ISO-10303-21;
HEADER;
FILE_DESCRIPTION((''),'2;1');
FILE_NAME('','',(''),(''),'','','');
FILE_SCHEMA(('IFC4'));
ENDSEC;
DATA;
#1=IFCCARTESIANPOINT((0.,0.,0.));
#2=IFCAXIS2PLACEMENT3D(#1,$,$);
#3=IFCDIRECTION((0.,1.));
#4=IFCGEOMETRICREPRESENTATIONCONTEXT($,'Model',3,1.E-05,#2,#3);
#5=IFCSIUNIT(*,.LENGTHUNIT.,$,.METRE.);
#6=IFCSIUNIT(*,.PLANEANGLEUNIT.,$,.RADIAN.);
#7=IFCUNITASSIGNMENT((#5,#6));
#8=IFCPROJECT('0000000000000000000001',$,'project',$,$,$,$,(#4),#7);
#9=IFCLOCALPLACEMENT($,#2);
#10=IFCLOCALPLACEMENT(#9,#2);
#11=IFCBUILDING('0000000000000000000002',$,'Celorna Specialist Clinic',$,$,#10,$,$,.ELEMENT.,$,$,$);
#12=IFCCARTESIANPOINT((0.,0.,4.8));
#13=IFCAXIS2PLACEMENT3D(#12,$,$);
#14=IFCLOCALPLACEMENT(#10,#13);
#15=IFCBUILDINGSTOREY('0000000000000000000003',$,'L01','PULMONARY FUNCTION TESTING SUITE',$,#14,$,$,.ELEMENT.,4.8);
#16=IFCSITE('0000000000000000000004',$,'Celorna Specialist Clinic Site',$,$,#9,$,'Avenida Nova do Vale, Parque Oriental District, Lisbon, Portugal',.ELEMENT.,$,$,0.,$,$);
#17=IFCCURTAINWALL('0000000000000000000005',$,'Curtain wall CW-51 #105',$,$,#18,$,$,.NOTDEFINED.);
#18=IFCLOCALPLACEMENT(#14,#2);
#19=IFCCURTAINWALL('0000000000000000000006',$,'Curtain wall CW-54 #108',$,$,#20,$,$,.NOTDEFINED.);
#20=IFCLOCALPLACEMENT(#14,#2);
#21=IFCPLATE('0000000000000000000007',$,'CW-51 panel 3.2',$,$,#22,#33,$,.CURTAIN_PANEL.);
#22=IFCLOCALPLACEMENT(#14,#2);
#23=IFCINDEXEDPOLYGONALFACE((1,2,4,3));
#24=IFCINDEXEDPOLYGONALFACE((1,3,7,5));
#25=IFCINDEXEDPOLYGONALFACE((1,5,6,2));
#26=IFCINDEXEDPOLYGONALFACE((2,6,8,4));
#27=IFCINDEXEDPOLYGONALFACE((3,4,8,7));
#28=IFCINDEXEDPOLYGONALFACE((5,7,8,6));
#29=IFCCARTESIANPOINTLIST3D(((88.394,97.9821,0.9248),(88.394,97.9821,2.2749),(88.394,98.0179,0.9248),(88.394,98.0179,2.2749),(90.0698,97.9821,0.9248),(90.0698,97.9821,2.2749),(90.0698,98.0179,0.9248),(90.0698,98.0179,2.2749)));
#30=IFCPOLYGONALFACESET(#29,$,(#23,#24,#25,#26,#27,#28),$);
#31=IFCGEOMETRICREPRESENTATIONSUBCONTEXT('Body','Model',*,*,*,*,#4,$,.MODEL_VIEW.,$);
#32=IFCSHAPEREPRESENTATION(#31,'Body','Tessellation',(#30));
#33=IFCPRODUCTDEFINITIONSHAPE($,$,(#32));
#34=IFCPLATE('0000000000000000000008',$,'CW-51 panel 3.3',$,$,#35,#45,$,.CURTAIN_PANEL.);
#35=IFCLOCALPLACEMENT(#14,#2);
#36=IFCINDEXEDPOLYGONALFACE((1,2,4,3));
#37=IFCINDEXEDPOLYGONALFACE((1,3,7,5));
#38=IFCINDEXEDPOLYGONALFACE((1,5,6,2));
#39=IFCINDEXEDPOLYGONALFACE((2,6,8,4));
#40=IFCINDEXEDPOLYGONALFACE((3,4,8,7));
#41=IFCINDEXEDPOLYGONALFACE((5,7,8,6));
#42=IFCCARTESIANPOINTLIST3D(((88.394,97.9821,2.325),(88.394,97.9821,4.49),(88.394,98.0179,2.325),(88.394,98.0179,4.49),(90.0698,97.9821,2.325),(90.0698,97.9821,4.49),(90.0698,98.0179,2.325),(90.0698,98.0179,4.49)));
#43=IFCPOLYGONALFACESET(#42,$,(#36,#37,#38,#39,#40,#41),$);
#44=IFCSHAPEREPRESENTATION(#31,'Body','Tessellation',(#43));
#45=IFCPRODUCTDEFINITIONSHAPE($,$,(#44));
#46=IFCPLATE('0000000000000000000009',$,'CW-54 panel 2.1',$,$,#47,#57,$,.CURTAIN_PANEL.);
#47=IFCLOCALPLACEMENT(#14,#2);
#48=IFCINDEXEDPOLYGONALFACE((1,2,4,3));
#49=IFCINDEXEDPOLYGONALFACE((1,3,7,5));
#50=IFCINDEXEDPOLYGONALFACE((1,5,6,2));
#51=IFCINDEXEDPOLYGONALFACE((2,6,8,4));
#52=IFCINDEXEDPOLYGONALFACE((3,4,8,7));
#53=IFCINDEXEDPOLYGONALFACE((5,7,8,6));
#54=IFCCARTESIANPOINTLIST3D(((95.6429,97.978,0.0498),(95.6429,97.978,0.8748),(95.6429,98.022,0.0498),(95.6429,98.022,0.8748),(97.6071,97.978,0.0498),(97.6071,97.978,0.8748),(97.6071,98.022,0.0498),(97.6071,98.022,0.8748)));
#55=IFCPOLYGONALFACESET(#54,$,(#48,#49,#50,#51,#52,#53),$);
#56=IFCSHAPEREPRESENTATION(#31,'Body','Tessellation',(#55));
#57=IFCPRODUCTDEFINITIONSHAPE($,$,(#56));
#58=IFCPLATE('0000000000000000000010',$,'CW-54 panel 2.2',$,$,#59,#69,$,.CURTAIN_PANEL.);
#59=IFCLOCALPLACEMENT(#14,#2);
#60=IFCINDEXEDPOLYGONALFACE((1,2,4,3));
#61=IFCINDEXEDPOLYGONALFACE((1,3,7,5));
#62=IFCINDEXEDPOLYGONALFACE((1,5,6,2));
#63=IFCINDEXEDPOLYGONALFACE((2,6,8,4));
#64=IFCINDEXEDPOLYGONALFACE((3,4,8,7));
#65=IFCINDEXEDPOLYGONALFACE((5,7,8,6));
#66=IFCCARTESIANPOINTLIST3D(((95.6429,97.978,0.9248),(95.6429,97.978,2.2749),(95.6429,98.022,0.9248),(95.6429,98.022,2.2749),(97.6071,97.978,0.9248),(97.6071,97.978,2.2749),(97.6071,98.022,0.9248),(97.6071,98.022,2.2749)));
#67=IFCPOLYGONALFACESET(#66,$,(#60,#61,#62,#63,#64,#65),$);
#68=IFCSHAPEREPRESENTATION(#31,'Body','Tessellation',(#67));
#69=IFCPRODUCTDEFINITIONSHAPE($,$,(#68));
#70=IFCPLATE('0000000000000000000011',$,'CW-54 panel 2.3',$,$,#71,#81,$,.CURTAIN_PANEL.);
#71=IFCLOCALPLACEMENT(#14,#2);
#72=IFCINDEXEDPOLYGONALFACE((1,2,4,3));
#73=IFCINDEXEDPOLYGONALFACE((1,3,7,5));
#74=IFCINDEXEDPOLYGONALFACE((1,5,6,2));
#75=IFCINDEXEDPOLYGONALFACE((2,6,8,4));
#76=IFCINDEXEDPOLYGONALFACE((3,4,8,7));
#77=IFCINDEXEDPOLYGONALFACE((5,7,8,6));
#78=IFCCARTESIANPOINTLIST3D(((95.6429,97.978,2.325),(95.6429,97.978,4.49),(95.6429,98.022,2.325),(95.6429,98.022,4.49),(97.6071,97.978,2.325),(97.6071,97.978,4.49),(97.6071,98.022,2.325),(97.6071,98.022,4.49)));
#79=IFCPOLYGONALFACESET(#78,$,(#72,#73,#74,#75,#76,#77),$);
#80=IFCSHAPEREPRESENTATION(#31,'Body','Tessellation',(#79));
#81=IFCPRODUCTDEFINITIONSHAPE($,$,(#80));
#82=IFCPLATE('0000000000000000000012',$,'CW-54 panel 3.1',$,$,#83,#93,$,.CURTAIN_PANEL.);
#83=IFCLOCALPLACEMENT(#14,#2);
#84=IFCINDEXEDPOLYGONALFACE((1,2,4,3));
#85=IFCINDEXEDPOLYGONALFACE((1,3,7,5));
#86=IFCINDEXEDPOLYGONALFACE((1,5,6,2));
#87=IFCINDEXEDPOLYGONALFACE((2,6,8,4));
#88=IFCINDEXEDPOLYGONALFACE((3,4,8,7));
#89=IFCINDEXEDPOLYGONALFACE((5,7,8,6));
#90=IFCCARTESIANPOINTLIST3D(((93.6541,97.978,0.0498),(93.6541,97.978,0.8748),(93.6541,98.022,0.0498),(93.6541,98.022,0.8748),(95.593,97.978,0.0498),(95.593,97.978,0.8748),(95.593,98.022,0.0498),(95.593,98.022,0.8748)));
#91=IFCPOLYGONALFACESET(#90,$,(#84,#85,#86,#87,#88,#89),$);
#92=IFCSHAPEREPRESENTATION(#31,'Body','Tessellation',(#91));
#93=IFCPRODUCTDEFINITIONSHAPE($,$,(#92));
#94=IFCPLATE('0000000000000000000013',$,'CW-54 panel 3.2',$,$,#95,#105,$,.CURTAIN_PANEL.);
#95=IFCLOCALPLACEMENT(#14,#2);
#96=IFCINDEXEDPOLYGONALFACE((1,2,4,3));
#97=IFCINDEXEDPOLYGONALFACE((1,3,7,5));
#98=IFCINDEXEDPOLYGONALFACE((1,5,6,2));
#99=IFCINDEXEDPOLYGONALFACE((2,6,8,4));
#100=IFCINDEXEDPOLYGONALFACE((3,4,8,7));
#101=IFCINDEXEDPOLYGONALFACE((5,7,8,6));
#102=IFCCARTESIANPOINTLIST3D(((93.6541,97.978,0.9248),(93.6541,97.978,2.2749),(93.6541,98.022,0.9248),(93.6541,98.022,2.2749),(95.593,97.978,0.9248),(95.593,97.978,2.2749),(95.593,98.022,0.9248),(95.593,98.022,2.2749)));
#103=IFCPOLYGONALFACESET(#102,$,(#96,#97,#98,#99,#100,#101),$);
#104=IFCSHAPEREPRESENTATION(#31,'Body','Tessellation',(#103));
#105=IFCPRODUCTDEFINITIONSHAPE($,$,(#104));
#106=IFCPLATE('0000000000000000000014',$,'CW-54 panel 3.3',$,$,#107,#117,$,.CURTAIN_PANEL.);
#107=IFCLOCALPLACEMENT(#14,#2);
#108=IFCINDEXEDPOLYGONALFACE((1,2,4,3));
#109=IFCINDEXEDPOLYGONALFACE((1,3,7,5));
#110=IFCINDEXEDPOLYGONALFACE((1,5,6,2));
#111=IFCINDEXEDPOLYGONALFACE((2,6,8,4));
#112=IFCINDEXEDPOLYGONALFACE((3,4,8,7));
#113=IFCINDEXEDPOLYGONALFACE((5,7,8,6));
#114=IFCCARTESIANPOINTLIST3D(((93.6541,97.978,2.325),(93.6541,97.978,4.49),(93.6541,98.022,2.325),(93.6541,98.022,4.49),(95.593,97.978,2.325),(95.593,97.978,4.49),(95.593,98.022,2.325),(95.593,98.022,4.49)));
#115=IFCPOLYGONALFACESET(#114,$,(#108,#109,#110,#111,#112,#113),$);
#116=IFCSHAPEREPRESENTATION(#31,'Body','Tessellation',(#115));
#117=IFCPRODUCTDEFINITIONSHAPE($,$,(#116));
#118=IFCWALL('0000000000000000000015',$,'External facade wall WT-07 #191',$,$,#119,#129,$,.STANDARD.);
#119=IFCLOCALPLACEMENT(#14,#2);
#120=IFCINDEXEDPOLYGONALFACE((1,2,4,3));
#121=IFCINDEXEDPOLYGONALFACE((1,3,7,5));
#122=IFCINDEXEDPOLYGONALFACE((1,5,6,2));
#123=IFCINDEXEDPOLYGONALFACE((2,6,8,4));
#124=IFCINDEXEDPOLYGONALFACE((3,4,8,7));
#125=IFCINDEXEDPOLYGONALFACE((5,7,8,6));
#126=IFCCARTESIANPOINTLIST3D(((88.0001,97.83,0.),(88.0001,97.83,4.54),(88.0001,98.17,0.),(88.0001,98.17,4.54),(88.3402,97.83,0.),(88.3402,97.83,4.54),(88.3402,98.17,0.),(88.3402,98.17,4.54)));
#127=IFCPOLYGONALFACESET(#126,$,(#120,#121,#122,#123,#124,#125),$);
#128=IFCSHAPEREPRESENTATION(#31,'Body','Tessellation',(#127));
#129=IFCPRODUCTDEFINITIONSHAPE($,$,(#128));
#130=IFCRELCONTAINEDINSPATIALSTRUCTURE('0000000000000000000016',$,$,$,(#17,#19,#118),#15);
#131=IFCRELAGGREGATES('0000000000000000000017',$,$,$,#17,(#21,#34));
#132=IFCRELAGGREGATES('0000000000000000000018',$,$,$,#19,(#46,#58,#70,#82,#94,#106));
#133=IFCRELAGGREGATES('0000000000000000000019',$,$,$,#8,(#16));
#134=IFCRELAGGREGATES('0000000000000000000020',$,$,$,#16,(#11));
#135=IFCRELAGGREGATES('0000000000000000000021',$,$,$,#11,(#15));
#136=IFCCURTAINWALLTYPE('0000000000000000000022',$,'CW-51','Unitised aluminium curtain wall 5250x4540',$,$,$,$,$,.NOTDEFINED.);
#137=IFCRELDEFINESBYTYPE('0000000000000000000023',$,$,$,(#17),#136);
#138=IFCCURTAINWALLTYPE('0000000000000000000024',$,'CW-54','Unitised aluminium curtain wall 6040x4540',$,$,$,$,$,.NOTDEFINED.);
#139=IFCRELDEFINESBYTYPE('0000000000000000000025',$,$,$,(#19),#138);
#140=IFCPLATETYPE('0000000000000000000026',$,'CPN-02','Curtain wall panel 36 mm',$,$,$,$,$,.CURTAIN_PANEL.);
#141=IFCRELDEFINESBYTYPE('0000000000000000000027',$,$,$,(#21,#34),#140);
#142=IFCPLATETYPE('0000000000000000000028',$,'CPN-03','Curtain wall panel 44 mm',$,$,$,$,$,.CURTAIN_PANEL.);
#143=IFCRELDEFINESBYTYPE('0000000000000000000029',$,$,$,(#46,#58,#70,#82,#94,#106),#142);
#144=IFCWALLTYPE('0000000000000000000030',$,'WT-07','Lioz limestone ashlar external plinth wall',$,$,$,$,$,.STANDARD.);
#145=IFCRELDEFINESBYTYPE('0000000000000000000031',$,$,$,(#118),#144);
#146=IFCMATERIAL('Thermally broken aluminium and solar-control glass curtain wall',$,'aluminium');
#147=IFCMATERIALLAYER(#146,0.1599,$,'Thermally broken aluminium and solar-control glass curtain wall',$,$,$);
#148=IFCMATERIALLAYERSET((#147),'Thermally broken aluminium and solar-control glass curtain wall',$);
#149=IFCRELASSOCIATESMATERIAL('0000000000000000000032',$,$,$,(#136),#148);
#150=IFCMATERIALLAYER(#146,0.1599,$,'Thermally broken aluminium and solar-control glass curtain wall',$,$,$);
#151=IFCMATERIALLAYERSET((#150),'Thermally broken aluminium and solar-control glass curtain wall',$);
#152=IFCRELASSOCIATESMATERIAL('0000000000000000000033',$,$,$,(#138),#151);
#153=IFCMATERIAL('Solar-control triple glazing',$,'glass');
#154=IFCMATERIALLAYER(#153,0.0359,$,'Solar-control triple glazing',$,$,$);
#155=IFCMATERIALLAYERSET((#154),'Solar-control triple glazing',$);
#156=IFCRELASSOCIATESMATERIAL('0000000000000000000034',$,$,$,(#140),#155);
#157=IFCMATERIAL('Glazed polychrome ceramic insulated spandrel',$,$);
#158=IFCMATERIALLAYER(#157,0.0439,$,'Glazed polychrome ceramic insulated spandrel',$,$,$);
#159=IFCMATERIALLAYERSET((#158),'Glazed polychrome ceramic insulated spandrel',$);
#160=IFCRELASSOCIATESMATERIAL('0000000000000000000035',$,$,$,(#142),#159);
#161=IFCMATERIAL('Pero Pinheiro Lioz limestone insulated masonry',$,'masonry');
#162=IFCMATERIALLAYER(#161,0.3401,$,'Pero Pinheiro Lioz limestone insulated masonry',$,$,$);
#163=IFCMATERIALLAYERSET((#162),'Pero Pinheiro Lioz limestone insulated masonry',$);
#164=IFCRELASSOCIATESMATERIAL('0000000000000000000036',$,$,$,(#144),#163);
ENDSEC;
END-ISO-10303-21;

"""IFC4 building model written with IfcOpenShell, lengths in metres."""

from ifc_helpers import new_model, si_unit, direction, frame, frame_2d, origin, origin_2d, place, context, subcontext, project, spatial, rectangle, extrude, material, layer, layer_set, type_object, element, aggregate, save


model = new_model("IFC4")

# Units and contexts
model_context = context("Model", 3, precision=1e-05, world=origin(), true_north=direction((0.0, 1.0)))
body_context = subcontext(model_context, "Body", "Model", "MODEL_VIEW")
ifc_project = project(units=[si_unit("LENGTHUNIT", "METRE"), si_unit("PLANEANGLEUNIT", "RADIAN")], contexts=[model_context])

# Site, building, storey
site_placement = place(None, origin())
site = spatial("IfcSite", under=ifc_project, at=site_placement, Name="Celorna Specialist Clinic Site", LongName="Avenida Nova do Vale, Parque Oriental District, Lisbon, Portugal", CompositionType="ELEMENT", RefElevation=0.0)
building_placement = place(site_placement, origin())
building = spatial("IfcBuilding", under=site, at=building_placement, Name="Celorna Specialist Clinic", CompositionType="ELEMENT")
storey_placement = place(building_placement, frame((0.0, 0.0, 4.8)))
storey = spatial("IfcBuildingStorey", under=building, at=storey_placement, Name="L01", Description="PULMONARY FUNCTION TESTING SUITE", CompositionType="ELEMENT", Elevation=4.8)

# Curtain walls
ifc_material_1 = material(Name="Thermally broken aluminium and solar-control glass curtain wall", Category="aluminium")
ifc_layer_1 = layer(ifc_material_1, 0.1599, Name="Thermally broken aluminium and solar-control glass curtain wall")
ifc_layer_set_1 = layer_set([ifc_layer_1], Name="Thermally broken aluminium and solar-control glass curtain wall")
curtain_wall_type_1 = type_object("IfcCurtainWallType", Name="CW-51", Description="Unitised aluminium curtain wall 5250x4540", PredefinedType="NOTDEFINED", material=ifc_layer_set_1)
curtain_wall_1_placement = place(storey_placement, origin())
curtain_wall_1 = element("IfcCurtainWall", 1, at=curtain_wall_1_placement, inside=storey, type_object=curtain_wall_type_1, Name="Curtain wall CW-51 #105", PredefinedType="NOTDEFINED")
ifc_layer_2 = layer(ifc_material_1, 0.1599, Name="Thermally broken aluminium and solar-control glass curtain wall")
ifc_layer_set_2 = layer_set([ifc_layer_2], Name="Thermally broken aluminium and solar-control glass curtain wall")
curtain_wall_type_2 = type_object("IfcCurtainWallType", Name="CW-54", Description="Unitised aluminium curtain wall 6040x4540", PredefinedType="NOTDEFINED", material=ifc_layer_set_2)
curtain_wall_2_placement = place(storey_placement, origin())
curtain_wall_2 = element("IfcCurtainWall", 2, at=curtain_wall_2_placement, inside=storey, type_object=curtain_wall_type_2, Name="Curtain wall CW-54 #108", PredefinedType="NOTDEFINED")

# Plates
ifc_material_2 = material(Name="Solar-control triple glazing", Category="glass")
ifc_layer_3 = layer(ifc_material_2, 0.0359, Name="Solar-control triple glazing")
ifc_layer_set_3 = layer_set([ifc_layer_3], Name="Solar-control triple glazing")
plate_type_1 = type_object("IfcPlateType", Name="CPN-02", Description="Curtain wall panel 36 mm", PredefinedType="CURTAIN_PANEL", material=ifc_layer_set_3)
plate_1_placement = place(storey_placement, frame((89.2319, 98.0, 0.9248), z_axis=(0.0, 0.0, 1.0), x_axis=(-1.0, 0.0, 0.0)))
plate_1 = element("IfcPlate", 3, at=plate_1_placement, type_object=plate_type_1, Name="CW-51 panel 3.2", PredefinedType="CURTAIN_PANEL", context=body_context, shape_type="SweptSolid", body=[
    extrude(rectangle(XDim=1.6758, YDim=0.0359, at=origin_2d()), origin(), (0.0, 0.0, 1.0), 1.3501),
])
plate_2_placement = place(storey_placement, frame((89.2319, 98.0, 2.325), z_axis=(0.0, 0.0, 1.0), x_axis=(-1.0, 0.0, 0.0)))
plate_2 = element("IfcPlate", 4, at=plate_2_placement, type_object=plate_type_1, Name="CW-51 panel 3.3", PredefinedType="CURTAIN_PANEL", context=body_context, shape_type="SweptSolid", body=[
    extrude(rectangle(XDim=1.6758, YDim=0.0359, at=origin_2d()), origin(), (0.0, 0.0, 1.0), 2.165),
])
aggregate(curtain_wall_1, [plate_1, plate_2])
ifc_material_3 = material(Name="Glazed polychrome ceramic insulated spandrel")
ifc_layer_4 = layer(ifc_material_3, 0.0439, Name="Glazed polychrome ceramic insulated spandrel")
ifc_layer_set_4 = layer_set([ifc_layer_4], Name="Glazed polychrome ceramic insulated spandrel")
plate_type_2 = type_object("IfcPlateType", Name="CPN-03", Description="Curtain wall panel 44 mm", PredefinedType="CURTAIN_PANEL", material=ifc_layer_set_4)
plate_3_placement = place(storey_placement, frame((96.625, 98.0, 0.0498), z_axis=(0.0, 0.0, 1.0), x_axis=(-1.0, 0.0, 0.0)))
plate_3 = element("IfcPlate", 5, at=plate_3_placement, type_object=plate_type_2, Name="CW-54 panel 2.1", PredefinedType="CURTAIN_PANEL", context=body_context, shape_type="SweptSolid", body=[
    extrude(rectangle(XDim=1.9641, YDim=0.0439, at=origin_2d()), origin(), (0.0, 0.0, 1.0), 0.825),
])
plate_4_placement = place(storey_placement, frame((96.625, 98.0, 0.9248), z_axis=(0.0, 0.0, 1.0), x_axis=(-1.0, 0.0, 0.0)))
plate_4 = element("IfcPlate", 6, at=plate_4_placement, type_object=plate_type_2, Name="CW-54 panel 2.2", PredefinedType="CURTAIN_PANEL", context=body_context, shape_type="SweptSolid", body=[
    extrude(rectangle(XDim=1.9641, YDim=0.0439, at=origin_2d()), origin(), (0.0, 0.0, 1.0), 1.3501),
])
plate_5_placement = place(storey_placement, frame((96.625, 98.0, 2.325), z_axis=(0.0, 0.0, 1.0), x_axis=(-1.0, 0.0, 0.0)))
plate_5 = element("IfcPlate", 7, at=plate_5_placement, type_object=plate_type_2, Name="CW-54 panel 2.3", PredefinedType="CURTAIN_PANEL", context=body_context, shape_type="SweptSolid", body=[
    extrude(rectangle(XDim=1.9641, YDim=0.0439, at=origin_2d()), origin(), (0.0, 0.0, 1.0), 2.165),
])
plate_6_placement = place(storey_placement, frame((94.6235, 98.0, 0.0498), z_axis=(0.0, 0.0, 1.0), x_axis=(-1.0, 0.0, 0.0)))
plate_6 = element("IfcPlate", 8, at=plate_6_placement, type_object=plate_type_2, Name="CW-54 panel 3.1", PredefinedType="CURTAIN_PANEL", context=body_context, shape_type="SweptSolid", body=[
    extrude(rectangle(XDim=1.939, YDim=0.0439, at=origin_2d()), origin(), (0.0, 0.0, 1.0), 0.825),
])
plate_7_placement = place(storey_placement, frame((94.6235, 98.0, 0.9248), z_axis=(0.0, 0.0, 1.0), x_axis=(-1.0, 0.0, 0.0)))
plate_7 = element("IfcPlate", 9, at=plate_7_placement, type_object=plate_type_2, Name="CW-54 panel 3.2", PredefinedType="CURTAIN_PANEL", context=body_context, shape_type="SweptSolid", body=[
    extrude(rectangle(XDim=1.939, YDim=0.0439, at=origin_2d()), origin(), (0.0, 0.0, 1.0), 1.3501),
])
plate_8_placement = place(storey_placement, frame((94.6235, 98.0, 2.325), z_axis=(0.0, 0.0, 1.0), x_axis=(-1.0, 0.0, 0.0)))
plate_8 = element("IfcPlate", 10, at=plate_8_placement, type_object=plate_type_2, Name="CW-54 panel 3.3", PredefinedType="CURTAIN_PANEL", context=body_context, shape_type="SweptSolid", body=[
    extrude(rectangle(XDim=1.939, YDim=0.0439, at=origin_2d()), origin(), (0.0, 0.0, 1.0), 2.165),
])
aggregate(curtain_wall_2, [plate_3, plate_4, plate_5, plate_6, plate_7, plate_8])

# Wall
ifc_material_4 = material(Name="Pero Pinheiro Lioz limestone insulated masonry", Category="masonry")
ifc_layer_5 = layer(ifc_material_4, 0.3401, Name="Pero Pinheiro Lioz limestone insulated masonry")
ifc_layer_set_5 = layer_set([ifc_layer_5], Name="Pero Pinheiro Lioz limestone insulated masonry")
wall_type = type_object("IfcWallType", Name="WT-07", Description="Lioz limestone ashlar external plinth wall", PredefinedType="STANDARD", material=ifc_layer_set_5)
wall_placement = place(storey_placement, frame((88.3401, 98.0, 0.0), z_axis=(0.0, 0.0, 1.0), x_axis=(-1.0, 0.0, 0.0)))
element("IfcWall", 11, at=wall_placement, inside=storey, type_object=wall_type, Name="External facade wall WT-07 #191", PredefinedType="STANDARD", context=body_context, shape_type="SweptSolid", body=[
    extrude(rectangle(XDim=0.3401, YDim=0.3401, at=frame_2d((0.1699, 0.0))), origin(), (0.0, 0.0, 1.0), 4.54),
])

save(model, "model.ifc")
